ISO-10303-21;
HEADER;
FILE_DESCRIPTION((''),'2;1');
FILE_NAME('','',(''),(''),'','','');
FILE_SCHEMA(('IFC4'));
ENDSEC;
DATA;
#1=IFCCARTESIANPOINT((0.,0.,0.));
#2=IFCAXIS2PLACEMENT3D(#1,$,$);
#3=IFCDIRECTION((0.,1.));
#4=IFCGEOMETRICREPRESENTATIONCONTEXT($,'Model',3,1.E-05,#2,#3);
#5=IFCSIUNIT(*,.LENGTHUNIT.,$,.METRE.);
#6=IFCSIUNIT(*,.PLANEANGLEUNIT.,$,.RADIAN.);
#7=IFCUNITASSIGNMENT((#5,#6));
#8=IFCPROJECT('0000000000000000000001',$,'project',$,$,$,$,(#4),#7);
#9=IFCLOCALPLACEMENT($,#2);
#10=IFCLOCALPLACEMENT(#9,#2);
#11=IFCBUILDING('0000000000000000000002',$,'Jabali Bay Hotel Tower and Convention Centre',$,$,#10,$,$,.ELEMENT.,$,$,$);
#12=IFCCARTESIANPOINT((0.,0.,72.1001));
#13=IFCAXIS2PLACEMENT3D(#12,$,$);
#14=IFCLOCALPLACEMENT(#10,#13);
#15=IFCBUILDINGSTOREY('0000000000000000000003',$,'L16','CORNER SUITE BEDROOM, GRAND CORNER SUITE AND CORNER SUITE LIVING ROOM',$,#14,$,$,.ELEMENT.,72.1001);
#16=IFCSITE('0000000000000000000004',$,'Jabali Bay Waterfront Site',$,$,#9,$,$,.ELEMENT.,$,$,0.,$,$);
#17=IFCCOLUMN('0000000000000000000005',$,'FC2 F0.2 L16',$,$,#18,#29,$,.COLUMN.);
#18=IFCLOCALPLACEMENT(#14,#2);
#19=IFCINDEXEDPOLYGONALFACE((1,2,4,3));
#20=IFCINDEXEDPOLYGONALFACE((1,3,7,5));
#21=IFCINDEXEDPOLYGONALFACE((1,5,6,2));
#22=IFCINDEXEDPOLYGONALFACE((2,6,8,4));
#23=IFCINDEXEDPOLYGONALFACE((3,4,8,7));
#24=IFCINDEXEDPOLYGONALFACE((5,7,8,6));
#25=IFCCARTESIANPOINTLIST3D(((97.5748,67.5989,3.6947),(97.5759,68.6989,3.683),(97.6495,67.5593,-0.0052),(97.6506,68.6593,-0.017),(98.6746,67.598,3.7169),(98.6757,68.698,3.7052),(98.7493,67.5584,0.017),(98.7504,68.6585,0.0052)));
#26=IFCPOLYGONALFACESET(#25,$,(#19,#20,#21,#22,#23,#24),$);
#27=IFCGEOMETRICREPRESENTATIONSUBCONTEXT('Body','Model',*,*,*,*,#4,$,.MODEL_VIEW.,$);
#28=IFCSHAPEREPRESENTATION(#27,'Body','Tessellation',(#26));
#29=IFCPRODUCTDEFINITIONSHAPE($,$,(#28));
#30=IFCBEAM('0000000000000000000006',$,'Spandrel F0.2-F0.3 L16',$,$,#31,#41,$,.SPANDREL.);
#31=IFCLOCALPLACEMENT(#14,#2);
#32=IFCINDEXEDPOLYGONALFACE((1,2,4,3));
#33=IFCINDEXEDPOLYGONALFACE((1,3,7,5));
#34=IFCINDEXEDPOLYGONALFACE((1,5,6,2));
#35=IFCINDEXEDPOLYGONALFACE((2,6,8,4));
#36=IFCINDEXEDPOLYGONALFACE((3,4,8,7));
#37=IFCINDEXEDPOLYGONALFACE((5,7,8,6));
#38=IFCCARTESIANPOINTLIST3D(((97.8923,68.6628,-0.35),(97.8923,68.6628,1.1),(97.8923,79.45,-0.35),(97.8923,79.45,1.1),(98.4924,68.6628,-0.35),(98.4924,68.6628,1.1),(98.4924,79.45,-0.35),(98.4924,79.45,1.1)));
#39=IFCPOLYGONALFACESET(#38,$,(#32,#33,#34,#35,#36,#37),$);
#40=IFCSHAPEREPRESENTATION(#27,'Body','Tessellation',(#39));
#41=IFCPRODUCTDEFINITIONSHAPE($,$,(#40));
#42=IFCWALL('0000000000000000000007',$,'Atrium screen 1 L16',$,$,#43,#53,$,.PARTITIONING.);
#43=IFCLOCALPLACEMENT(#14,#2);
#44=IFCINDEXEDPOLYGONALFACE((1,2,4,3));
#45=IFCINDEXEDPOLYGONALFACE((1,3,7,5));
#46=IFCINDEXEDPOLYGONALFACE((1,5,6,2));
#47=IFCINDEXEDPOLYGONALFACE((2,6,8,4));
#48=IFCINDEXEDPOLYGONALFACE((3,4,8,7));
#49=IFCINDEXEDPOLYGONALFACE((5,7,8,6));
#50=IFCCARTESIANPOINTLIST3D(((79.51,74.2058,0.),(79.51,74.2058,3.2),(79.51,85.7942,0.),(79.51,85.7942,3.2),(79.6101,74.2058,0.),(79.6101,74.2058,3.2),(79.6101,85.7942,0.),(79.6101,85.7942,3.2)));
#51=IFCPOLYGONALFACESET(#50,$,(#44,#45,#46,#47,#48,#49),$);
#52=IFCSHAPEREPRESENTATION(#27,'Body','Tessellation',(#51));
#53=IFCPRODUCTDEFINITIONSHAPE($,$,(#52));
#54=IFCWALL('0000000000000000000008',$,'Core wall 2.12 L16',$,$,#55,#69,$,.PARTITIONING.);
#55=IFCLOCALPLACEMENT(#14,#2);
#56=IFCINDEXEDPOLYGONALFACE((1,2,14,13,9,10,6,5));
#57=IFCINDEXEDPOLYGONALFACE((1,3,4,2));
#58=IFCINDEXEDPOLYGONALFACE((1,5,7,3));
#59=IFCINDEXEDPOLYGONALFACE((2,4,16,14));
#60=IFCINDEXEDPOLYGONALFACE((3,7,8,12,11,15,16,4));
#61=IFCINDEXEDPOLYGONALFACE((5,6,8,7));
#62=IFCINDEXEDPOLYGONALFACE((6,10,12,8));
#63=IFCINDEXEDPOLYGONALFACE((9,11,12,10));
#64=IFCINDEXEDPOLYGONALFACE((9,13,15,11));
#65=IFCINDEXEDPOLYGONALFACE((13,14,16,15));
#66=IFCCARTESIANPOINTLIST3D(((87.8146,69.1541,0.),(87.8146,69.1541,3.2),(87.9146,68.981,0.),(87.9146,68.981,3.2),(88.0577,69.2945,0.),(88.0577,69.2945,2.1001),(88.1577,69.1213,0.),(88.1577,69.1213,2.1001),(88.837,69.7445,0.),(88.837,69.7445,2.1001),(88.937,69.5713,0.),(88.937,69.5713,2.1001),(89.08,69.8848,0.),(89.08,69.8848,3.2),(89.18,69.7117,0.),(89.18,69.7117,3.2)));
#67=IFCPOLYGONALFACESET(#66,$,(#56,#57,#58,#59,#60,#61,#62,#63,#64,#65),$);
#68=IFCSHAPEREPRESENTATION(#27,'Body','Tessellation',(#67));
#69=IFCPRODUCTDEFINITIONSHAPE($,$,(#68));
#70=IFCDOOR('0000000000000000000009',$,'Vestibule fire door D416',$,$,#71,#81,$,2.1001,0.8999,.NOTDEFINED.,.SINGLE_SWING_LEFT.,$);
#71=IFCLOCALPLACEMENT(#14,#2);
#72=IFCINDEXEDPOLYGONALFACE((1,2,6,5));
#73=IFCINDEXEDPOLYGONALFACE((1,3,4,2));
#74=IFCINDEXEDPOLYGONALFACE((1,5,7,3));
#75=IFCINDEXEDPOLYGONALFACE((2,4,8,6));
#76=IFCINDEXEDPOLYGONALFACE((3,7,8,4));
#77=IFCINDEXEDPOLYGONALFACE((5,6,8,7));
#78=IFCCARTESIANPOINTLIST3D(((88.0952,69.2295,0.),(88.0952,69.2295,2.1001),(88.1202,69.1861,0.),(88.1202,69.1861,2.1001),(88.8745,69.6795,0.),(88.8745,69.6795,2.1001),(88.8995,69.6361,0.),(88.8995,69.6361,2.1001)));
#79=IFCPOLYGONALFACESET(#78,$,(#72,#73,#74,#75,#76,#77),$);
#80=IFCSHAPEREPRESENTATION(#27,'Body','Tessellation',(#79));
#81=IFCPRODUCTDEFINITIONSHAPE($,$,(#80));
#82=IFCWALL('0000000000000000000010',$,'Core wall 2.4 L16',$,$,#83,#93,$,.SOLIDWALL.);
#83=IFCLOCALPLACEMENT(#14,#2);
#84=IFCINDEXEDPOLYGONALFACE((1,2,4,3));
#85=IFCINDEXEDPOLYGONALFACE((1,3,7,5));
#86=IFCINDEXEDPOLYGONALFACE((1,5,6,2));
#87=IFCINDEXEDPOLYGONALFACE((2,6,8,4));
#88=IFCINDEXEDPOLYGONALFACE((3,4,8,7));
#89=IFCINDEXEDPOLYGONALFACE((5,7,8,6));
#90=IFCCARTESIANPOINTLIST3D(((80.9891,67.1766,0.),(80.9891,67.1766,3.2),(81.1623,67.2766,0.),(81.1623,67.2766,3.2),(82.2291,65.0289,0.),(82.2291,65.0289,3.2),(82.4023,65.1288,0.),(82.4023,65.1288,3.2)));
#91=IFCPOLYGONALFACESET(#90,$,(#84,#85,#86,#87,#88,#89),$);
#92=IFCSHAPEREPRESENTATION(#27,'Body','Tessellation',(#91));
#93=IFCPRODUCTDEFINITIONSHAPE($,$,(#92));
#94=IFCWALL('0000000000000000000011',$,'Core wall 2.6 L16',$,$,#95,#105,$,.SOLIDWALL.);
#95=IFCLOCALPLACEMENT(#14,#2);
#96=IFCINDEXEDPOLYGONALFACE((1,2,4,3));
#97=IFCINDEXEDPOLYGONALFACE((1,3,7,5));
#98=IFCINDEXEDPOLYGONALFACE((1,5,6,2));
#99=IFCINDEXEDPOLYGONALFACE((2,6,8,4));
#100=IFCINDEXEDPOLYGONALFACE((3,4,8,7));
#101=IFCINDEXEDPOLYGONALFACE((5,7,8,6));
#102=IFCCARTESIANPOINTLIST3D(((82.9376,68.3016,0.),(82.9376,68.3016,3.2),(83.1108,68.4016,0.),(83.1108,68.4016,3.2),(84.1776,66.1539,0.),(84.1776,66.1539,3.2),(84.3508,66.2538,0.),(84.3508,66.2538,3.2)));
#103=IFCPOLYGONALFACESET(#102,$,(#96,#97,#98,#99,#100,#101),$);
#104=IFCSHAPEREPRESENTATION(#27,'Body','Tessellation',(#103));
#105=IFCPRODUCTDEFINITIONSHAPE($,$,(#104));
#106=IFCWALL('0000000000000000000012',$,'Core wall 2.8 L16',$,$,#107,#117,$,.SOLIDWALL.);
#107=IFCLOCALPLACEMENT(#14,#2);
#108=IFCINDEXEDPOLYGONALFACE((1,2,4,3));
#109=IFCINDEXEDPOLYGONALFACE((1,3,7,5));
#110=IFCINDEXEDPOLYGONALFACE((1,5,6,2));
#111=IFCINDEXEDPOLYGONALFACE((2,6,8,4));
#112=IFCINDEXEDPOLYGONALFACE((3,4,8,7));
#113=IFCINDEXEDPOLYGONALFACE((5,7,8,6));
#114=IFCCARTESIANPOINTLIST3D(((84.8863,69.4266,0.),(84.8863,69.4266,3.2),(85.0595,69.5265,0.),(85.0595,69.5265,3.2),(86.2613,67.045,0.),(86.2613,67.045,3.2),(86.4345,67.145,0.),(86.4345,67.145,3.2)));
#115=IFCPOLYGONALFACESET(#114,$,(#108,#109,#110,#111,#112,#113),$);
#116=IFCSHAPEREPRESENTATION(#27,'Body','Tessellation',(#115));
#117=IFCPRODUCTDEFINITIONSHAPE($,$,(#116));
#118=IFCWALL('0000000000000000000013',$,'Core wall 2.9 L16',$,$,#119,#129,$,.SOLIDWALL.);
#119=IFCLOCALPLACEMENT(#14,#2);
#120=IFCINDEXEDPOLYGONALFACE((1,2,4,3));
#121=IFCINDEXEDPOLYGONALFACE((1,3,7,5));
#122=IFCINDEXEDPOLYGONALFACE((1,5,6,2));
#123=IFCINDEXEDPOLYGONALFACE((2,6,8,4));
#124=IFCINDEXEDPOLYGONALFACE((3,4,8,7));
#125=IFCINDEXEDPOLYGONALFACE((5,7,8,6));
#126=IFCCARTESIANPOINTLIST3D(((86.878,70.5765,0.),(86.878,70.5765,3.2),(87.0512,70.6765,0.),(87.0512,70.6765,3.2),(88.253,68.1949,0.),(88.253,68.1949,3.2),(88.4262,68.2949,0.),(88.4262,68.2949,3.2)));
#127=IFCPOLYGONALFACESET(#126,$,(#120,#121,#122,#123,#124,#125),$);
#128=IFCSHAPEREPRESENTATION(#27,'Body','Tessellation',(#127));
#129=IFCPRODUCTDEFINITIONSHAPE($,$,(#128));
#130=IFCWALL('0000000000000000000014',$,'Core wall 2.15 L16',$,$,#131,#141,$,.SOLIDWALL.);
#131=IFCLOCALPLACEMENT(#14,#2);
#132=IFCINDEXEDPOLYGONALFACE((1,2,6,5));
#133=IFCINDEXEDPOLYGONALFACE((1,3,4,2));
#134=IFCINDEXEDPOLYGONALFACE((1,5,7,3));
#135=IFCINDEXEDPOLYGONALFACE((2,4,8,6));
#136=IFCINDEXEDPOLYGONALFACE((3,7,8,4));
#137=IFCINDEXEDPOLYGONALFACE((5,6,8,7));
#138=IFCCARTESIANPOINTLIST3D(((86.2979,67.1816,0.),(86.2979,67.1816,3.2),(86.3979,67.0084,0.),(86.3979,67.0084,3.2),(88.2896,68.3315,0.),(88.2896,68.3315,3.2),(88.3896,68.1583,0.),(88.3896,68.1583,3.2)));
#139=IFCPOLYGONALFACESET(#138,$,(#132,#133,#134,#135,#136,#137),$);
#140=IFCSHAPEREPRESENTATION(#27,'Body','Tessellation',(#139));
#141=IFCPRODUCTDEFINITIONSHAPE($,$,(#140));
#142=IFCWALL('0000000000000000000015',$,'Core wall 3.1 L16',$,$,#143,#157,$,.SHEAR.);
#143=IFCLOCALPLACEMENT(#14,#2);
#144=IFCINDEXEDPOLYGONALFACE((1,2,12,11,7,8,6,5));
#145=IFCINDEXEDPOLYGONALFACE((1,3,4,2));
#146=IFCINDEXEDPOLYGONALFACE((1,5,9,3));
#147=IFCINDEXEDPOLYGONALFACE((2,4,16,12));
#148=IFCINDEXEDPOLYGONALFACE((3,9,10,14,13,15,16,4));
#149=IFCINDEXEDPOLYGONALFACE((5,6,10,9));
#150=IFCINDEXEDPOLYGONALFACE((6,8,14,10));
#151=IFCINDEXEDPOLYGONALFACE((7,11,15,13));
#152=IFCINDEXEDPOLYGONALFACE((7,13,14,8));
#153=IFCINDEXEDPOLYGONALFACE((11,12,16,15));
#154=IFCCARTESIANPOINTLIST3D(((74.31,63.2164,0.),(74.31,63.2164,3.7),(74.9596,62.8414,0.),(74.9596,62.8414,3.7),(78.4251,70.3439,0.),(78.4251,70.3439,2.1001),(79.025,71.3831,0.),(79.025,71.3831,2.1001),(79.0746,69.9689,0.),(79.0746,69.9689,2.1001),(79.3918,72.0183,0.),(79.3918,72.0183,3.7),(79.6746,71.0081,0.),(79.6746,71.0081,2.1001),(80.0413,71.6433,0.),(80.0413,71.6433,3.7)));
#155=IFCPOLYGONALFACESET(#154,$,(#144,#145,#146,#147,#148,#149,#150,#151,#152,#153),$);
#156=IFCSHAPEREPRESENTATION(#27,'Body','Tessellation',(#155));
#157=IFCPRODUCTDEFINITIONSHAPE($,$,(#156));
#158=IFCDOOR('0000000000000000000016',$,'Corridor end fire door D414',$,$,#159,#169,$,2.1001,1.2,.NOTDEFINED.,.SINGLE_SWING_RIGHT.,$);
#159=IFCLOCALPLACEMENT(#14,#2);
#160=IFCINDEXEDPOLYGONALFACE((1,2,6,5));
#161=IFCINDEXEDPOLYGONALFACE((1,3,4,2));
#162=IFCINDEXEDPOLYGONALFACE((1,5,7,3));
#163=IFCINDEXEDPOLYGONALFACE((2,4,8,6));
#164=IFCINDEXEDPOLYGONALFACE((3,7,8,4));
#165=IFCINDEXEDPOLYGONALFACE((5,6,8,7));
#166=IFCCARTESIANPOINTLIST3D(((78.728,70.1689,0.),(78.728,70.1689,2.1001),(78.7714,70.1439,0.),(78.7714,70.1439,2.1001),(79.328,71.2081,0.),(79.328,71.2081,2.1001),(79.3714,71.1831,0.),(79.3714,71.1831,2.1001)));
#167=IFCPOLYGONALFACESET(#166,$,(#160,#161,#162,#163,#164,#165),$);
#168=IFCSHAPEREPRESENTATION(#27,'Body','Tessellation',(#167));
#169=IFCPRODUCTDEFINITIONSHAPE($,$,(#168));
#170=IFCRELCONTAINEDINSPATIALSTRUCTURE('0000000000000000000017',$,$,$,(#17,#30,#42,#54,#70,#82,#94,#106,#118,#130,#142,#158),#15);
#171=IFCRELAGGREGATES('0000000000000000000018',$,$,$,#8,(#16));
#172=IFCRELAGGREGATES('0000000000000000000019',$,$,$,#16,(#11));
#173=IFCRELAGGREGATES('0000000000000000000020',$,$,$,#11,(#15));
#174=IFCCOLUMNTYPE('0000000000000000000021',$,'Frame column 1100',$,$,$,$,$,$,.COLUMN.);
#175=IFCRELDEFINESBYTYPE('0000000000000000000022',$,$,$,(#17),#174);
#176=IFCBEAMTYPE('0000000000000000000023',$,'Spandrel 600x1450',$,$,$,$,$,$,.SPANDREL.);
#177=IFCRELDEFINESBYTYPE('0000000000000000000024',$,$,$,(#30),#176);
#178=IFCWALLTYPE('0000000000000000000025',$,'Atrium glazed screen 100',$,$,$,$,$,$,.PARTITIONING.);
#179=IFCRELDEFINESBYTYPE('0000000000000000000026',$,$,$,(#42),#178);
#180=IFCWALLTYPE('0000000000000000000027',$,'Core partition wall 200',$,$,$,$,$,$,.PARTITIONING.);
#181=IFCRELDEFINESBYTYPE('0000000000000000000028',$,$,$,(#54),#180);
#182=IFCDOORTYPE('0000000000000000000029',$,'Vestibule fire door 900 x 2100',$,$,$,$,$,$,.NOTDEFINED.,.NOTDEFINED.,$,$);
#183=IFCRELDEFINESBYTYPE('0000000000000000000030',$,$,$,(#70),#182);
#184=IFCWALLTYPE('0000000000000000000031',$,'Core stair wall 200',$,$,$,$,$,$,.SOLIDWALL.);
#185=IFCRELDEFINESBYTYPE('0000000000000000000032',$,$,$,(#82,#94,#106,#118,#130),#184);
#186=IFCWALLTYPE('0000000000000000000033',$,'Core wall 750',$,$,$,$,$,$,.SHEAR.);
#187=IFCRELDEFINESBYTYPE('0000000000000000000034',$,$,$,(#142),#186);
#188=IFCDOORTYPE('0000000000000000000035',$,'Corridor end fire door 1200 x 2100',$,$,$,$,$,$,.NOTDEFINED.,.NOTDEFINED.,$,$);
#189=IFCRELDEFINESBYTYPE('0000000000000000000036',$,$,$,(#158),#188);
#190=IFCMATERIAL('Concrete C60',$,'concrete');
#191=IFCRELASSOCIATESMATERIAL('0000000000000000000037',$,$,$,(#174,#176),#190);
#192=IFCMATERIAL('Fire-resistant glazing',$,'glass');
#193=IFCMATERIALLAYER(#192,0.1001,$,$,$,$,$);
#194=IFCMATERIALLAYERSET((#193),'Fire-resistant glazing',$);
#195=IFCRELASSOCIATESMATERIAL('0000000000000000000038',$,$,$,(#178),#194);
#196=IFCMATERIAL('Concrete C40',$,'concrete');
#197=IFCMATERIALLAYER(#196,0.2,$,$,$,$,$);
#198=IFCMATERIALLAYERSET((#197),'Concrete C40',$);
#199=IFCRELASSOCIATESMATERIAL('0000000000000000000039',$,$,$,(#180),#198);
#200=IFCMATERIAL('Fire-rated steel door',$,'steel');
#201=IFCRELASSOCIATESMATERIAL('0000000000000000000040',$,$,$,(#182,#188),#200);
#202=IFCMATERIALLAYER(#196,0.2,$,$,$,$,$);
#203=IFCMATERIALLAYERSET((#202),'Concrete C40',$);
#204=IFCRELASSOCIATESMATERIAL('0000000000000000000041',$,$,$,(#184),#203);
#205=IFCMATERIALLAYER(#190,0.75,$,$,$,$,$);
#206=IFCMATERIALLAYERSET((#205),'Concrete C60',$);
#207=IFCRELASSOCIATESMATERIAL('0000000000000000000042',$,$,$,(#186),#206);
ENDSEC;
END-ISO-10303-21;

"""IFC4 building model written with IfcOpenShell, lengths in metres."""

from ifc_helpers import new_model, si_unit, direction, frame, frame_2d, origin, origin_2d, place, context, subcontext, project, spatial, rectangle, extrude, material, layer, layer_set, material_profile, profile_set, type_object, element, fill, save


model = new_model("IFC4")

# Units and contexts
model_context = context("Model", 3, precision=1e-05, world=origin(), true_north=direction((0.0, 1.0)))
body_context = subcontext(model_context, "Body", "Model", "MODEL_VIEW")
ifc_project = project(units=[si_unit("LENGTHUNIT", "METRE"), si_unit("PLANEANGLEUNIT", "RADIAN")], contexts=[model_context])

# Site, building, storey
site_placement = place(None, origin())
site = spatial("IfcSite", under=ifc_project, at=site_placement, Name="Jabali Bay Waterfront Site", CompositionType="ELEMENT", RefElevation=0.0)
building_placement = place(site_placement, origin())
building = spatial("IfcBuilding", under=site, at=building_placement, Name="Jabali Bay Hotel Tower and Convention Centre", CompositionType="ELEMENT")
storey_placement = place(building_placement, frame((0.0, 0.0, 72.1001)))
storey = spatial("IfcBuildingStorey", under=building, at=storey_placement, Name="L16", Description="CORNER SUITE BEDROOM, GRAND CORNER SUITE AND CORNER SUITE LIVING ROOM", CompositionType="ELEMENT", Elevation=72.1001)

# Column
ifc_material_1 = material(Name="Concrete C60", Category="concrete")
ifc_material_profile_1 = material_profile(ifc_material_1, rectangle(XDim=1.1001, YDim=1.1001, at=origin_2d()), Name="Frame column 1100")
ifc_profile_set_1 = profile_set([ifc_material_profile_1], Name="Concrete C60")
column_type = type_object("IfcColumnType", Name="Frame column 1100", PredefinedType="COLUMN", material=ifc_profile_set_1)
column_placement = place(storey_placement, frame((98.2, 68.1089, 0.0), z_axis=(-0.020186, 0.010687, 0.999739), x_axis=(-0.001013, -0.999943, 0.010668)))
element("IfcColumn", 1, at=column_placement, inside=storey, type_object=column_type, Name="FC2 F0.2 L16", PredefinedType="COLUMN", context=body_context, shape_type="SweptSolid", body=[
    extrude(rectangle(XDim=1.1001, YDim=1.1001, at=origin_2d()), origin(), (0.0, 0.0, 1.0), 3.7009),
])

# Beam
ifc_material_profile_2 = material_profile(ifc_material_1, rectangle(XDim=0.6001, YDim=1.45, at=origin_2d()), Name="Spandrel 600x1450")
ifc_profile_set_2 = profile_set([ifc_material_profile_2], Name="Concrete C60")
beam_type = type_object("IfcBeamType", Name="Spandrel 600x1450", PredefinedType="SPANDREL", material=ifc_profile_set_2)
beam_placement = place(storey_placement, frame((98.1924, 68.6628, 0.375), z_axis=(0.0, 1.0, 0.0), x_axis=(-1.0, 0.0, 0.0)))
element("IfcBeam", 2, at=beam_placement, inside=storey, type_object=beam_type, Name="Spandrel F0.2-F0.3 L16", PredefinedType="SPANDREL", context=body_context, shape_type="SweptSolid", body=[
    extrude(rectangle(XDim=0.6001, YDim=1.45, at=origin_2d()), origin(), (0.0, 0.0, 1.0), 10.7871),
])

# Wall
ifc_material_2 = material(Name="Fire-resistant glazing", Category="glass")
ifc_layer_1 = layer(ifc_material_2, 0.1001)
ifc_layer_set_1 = layer_set([ifc_layer_1], Name="Fire-resistant glazing")
wall_type_1 = type_object("IfcWallType", Name="Atrium glazed screen 100", PredefinedType="PARTITIONING", material=ifc_layer_set_1)
wall_1_placement = place(storey_placement, frame((79.5601, 74.2058, 0.0), z_axis=(0.0, 0.0, 1.0), x_axis=(0.0, 1.0, 0.0)))
element("IfcWall", 3, at=wall_1_placement, inside=storey, type_object=wall_type_1, Name="Atrium screen 1 L16", PredefinedType="PARTITIONING", context=body_context, shape_type="SweptSolid", body=[
    extrude(rectangle(XDim=11.5884, YDim=0.1001, at=frame_2d((5.7942, 0.0))), origin(), (0.0, 0.0, 1.0), 3.2),
])

# Wall, opening, door
ifc_material_3 = material(Name="Concrete C40", Category="concrete")
ifc_layer_2 = layer(ifc_material_3, 0.2)
ifc_layer_set_2 = layer_set([ifc_layer_2], Name="Concrete C40")
wall_type_2 = type_object("IfcWallType", Name="Core partition wall 200", PredefinedType="PARTITIONING", material=ifc_layer_set_2)
wall_2_placement = place(storey_placement, frame((87.8647, 69.0676, 0.0), z_axis=(0.0, 0.0, 1.0), x_axis=(0.865982, 0.500074, 0.0)))
wall_2 = element("IfcWall", 4, at=wall_2_placement, inside=storey, type_object=wall_type_2, Name="Core wall 2.12 L16", PredefinedType="PARTITIONING", context=body_context, shape_type="SweptSolid", body=[
    extrude(rectangle(XDim=1.4612, YDim=0.2, at=frame_2d((0.7305, 0.0))), origin(), (0.0, 0.0, 1.0), 3.2),
])
opening_1_placement = place(wall_2_placement, frame((0.2805, 0.0, 0.0)))
opening_1 = element("IfcOpeningElement", 5, at=opening_1_placement, cuts=wall_2, PredefinedType="OPENING", context=body_context, shape_type="SweptSolid", body=[
    extrude(rectangle(XDim=0.8999, YDim=2.1001, at=frame_2d((0.45, 1.05))), frame((0.0, 0.1104, 0.0), z_axis=(0.0, -1.0, 0.0), x_axis=(1.0, 0.0, 0.0)), (0.0, 0.0, 1.0), 0.2209),
])
ifc_material_4 = material(Name="Fire-rated steel door", Category="steel")
door_type_1 = type_object("IfcDoorType", Name="Vestibule fire door 900 x 2100", OperationType="NOTDEFINED", PredefinedType="NOTDEFINED", material=ifc_material_4)
door_1_placement = place(opening_1_placement, origin())
door_1 = element("IfcDoor", 6, at=door_1_placement, inside=storey, type_object=door_type_1, Name="Vestibule fire door D416", OperationType="SINGLE_SWING_LEFT", OverallHeight=2.1001, OverallWidth=0.8999, PredefinedType="NOTDEFINED", context=body_context, shape_type="SweptSolid", body=[
    extrude(rectangle(XDim=0.8999, YDim=2.1001, at=frame_2d((0.45, 1.05))), frame((0.0, 0.0249, 0.0), z_axis=(0.0, -1.0, 0.0), x_axis=(1.0, 0.0, 0.0)), (0.0, 0.0, 1.0), 0.05),
])
fill(opening_1, door_1)

# Walls
ifc_layer_3 = layer(ifc_material_3, 0.2)
ifc_layer_set_3 = layer_set([ifc_layer_3], Name="Concrete C40")
wall_type_3 = type_object("IfcWallType", Name="Core stair wall 200", PredefinedType="SOLIDWALL", material=ifc_layer_set_3)
for number, where, z_axis, x_axis, name in (
    (7, (81.0757, 67.2266, 0.0), (0.0, 0.0, 1.0), (0.500004, -0.866023, 0.0), "Core wall 2.4 L16"),
    (8, (83.0242, 68.3516, 0.0), (0.0, 0.0, 1.0), (0.500004, -0.866023, 0.0), "Core wall 2.6 L16"),
):
    element("IfcWall", number, at=place(storey_placement, frame(where, z_axis=z_axis, x_axis=x_axis)), inside=storey, type_object=wall_type_3, Name=name, PredefinedType="SOLIDWALL", context=body_context, shape_type="SweptSolid", body=[
        extrude(rectangle(XDim=2.48, YDim=0.2, at=frame_2d((1.24, 0.0))), origin(), (0.0, 0.0, 1.0), 3.2),
    ])
for number, where, z_axis, x_axis, name in (
    (9, (84.9729, 69.4766, 0.0), (0.0, 0.0, 1.0), (0.499997, -0.866027, 0.0), "Core wall 2.8 L16"),
    (10, (86.9646, 70.6265, 0.0), (0.0, 0.0, 1.0), (0.499997, -0.866027, 0.0), "Core wall 2.9 L16"),
):
    element("IfcWall", number, at=place(storey_placement, frame(where, z_axis=z_axis, x_axis=x_axis)), inside=storey, type_object=wall_type_3, Name=name, PredefinedType="SOLIDWALL", context=body_context, shape_type="SweptSolid", body=[
        extrude(rectangle(XDim=2.75, YDim=0.2, at=frame_2d((1.375, 0.0))), origin(), (0.0, 0.0, 1.0), 3.2),
    ])
wall_3_placement = place(storey_placement, frame((86.3479, 67.095, 0.0), z_axis=(0.0, 0.0, 1.0), x_axis=(0.866026, 0.499998, 0.0)))
element("IfcWall", 11, at=wall_3_placement, inside=storey, type_object=wall_type_3, Name="Core wall 2.15 L16", PredefinedType="SOLIDWALL", context=body_context, shape_type="SweptSolid", body=[
    extrude(rectangle(XDim=2.2998, YDim=0.2, at=frame_2d((1.1499, 0.0))), origin(), (0.0, 0.0, 1.0), 3.2),
])

# Wall, opening, door
ifc_layer_4 = layer(ifc_material_1, 0.75)
ifc_layer_set_4 = layer_set([ifc_layer_4], Name="Concrete C60")
wall_type_4 = type_object("IfcWallType", Name="Core wall 750", PredefinedType="SHEAR", material=ifc_layer_set_4)
wall_4_placement = place(storey_placement, frame((79.7166, 71.8308, 0.0), z_axis=(0.0, 0.0, 1.0), x_axis=(-0.499996, -0.866028, 0.0)))
wall_4 = element("IfcWall", 12, at=wall_4_placement, inside=storey, type_object=wall_type_4, Name="Core wall 3.1 L16", PredefinedType="SHEAR", context=body_context, shape_type="SweptSolid", body=[
    extrude(rectangle(XDim=10.1636, YDim=0.75, at=frame_2d((5.0818, 0.0))), origin(), (0.0, 0.0, 1.0), 3.7),
])
opening_2_placement = place(wall_4_placement, frame((0.7334, 0.0, 0.0)))
opening_2 = element("IfcOpeningElement", 13, at=opening_2_placement, cuts=wall_4, PredefinedType="OPENING", context=body_context, shape_type="SweptSolid", body=[
    extrude(rectangle(XDim=1.2, YDim=2.1001, at=frame_2d((0.6001, 1.05))), frame((0.0, 0.3855, 0.0), z_axis=(0.0, -1.0, 0.0), x_axis=(1.0, 0.0, 0.0)), (0.0, 0.0, 1.0), 0.771),
])
door_type_2 = type_object("IfcDoorType", Name="Corridor end fire door 1200 x 2100", OperationType="NOTDEFINED", PredefinedType="NOTDEFINED", material=ifc_material_4)
door_2_placement = place(opening_2_placement, origin())
door_2 = element("IfcDoor", 14, at=door_2_placement, inside=storey, type_object=door_type_2, Name="Corridor end fire door D414", OperationType="SINGLE_SWING_RIGHT", OverallHeight=2.1001, OverallWidth=1.2, PredefinedType="NOTDEFINED", context=body_context, shape_type="SweptSolid", body=[
    extrude(rectangle(XDim=1.2, YDim=2.1001, at=frame_2d((0.6001, 1.05))), frame((0.0, 0.0249, 0.0), z_axis=(0.0, -1.0, 0.0), x_axis=(1.0, 0.0, 0.0)), (0.0, 0.0, 1.0), 0.05),
])
fill(opening_2, door_2)

save(model, "model.ifc")
